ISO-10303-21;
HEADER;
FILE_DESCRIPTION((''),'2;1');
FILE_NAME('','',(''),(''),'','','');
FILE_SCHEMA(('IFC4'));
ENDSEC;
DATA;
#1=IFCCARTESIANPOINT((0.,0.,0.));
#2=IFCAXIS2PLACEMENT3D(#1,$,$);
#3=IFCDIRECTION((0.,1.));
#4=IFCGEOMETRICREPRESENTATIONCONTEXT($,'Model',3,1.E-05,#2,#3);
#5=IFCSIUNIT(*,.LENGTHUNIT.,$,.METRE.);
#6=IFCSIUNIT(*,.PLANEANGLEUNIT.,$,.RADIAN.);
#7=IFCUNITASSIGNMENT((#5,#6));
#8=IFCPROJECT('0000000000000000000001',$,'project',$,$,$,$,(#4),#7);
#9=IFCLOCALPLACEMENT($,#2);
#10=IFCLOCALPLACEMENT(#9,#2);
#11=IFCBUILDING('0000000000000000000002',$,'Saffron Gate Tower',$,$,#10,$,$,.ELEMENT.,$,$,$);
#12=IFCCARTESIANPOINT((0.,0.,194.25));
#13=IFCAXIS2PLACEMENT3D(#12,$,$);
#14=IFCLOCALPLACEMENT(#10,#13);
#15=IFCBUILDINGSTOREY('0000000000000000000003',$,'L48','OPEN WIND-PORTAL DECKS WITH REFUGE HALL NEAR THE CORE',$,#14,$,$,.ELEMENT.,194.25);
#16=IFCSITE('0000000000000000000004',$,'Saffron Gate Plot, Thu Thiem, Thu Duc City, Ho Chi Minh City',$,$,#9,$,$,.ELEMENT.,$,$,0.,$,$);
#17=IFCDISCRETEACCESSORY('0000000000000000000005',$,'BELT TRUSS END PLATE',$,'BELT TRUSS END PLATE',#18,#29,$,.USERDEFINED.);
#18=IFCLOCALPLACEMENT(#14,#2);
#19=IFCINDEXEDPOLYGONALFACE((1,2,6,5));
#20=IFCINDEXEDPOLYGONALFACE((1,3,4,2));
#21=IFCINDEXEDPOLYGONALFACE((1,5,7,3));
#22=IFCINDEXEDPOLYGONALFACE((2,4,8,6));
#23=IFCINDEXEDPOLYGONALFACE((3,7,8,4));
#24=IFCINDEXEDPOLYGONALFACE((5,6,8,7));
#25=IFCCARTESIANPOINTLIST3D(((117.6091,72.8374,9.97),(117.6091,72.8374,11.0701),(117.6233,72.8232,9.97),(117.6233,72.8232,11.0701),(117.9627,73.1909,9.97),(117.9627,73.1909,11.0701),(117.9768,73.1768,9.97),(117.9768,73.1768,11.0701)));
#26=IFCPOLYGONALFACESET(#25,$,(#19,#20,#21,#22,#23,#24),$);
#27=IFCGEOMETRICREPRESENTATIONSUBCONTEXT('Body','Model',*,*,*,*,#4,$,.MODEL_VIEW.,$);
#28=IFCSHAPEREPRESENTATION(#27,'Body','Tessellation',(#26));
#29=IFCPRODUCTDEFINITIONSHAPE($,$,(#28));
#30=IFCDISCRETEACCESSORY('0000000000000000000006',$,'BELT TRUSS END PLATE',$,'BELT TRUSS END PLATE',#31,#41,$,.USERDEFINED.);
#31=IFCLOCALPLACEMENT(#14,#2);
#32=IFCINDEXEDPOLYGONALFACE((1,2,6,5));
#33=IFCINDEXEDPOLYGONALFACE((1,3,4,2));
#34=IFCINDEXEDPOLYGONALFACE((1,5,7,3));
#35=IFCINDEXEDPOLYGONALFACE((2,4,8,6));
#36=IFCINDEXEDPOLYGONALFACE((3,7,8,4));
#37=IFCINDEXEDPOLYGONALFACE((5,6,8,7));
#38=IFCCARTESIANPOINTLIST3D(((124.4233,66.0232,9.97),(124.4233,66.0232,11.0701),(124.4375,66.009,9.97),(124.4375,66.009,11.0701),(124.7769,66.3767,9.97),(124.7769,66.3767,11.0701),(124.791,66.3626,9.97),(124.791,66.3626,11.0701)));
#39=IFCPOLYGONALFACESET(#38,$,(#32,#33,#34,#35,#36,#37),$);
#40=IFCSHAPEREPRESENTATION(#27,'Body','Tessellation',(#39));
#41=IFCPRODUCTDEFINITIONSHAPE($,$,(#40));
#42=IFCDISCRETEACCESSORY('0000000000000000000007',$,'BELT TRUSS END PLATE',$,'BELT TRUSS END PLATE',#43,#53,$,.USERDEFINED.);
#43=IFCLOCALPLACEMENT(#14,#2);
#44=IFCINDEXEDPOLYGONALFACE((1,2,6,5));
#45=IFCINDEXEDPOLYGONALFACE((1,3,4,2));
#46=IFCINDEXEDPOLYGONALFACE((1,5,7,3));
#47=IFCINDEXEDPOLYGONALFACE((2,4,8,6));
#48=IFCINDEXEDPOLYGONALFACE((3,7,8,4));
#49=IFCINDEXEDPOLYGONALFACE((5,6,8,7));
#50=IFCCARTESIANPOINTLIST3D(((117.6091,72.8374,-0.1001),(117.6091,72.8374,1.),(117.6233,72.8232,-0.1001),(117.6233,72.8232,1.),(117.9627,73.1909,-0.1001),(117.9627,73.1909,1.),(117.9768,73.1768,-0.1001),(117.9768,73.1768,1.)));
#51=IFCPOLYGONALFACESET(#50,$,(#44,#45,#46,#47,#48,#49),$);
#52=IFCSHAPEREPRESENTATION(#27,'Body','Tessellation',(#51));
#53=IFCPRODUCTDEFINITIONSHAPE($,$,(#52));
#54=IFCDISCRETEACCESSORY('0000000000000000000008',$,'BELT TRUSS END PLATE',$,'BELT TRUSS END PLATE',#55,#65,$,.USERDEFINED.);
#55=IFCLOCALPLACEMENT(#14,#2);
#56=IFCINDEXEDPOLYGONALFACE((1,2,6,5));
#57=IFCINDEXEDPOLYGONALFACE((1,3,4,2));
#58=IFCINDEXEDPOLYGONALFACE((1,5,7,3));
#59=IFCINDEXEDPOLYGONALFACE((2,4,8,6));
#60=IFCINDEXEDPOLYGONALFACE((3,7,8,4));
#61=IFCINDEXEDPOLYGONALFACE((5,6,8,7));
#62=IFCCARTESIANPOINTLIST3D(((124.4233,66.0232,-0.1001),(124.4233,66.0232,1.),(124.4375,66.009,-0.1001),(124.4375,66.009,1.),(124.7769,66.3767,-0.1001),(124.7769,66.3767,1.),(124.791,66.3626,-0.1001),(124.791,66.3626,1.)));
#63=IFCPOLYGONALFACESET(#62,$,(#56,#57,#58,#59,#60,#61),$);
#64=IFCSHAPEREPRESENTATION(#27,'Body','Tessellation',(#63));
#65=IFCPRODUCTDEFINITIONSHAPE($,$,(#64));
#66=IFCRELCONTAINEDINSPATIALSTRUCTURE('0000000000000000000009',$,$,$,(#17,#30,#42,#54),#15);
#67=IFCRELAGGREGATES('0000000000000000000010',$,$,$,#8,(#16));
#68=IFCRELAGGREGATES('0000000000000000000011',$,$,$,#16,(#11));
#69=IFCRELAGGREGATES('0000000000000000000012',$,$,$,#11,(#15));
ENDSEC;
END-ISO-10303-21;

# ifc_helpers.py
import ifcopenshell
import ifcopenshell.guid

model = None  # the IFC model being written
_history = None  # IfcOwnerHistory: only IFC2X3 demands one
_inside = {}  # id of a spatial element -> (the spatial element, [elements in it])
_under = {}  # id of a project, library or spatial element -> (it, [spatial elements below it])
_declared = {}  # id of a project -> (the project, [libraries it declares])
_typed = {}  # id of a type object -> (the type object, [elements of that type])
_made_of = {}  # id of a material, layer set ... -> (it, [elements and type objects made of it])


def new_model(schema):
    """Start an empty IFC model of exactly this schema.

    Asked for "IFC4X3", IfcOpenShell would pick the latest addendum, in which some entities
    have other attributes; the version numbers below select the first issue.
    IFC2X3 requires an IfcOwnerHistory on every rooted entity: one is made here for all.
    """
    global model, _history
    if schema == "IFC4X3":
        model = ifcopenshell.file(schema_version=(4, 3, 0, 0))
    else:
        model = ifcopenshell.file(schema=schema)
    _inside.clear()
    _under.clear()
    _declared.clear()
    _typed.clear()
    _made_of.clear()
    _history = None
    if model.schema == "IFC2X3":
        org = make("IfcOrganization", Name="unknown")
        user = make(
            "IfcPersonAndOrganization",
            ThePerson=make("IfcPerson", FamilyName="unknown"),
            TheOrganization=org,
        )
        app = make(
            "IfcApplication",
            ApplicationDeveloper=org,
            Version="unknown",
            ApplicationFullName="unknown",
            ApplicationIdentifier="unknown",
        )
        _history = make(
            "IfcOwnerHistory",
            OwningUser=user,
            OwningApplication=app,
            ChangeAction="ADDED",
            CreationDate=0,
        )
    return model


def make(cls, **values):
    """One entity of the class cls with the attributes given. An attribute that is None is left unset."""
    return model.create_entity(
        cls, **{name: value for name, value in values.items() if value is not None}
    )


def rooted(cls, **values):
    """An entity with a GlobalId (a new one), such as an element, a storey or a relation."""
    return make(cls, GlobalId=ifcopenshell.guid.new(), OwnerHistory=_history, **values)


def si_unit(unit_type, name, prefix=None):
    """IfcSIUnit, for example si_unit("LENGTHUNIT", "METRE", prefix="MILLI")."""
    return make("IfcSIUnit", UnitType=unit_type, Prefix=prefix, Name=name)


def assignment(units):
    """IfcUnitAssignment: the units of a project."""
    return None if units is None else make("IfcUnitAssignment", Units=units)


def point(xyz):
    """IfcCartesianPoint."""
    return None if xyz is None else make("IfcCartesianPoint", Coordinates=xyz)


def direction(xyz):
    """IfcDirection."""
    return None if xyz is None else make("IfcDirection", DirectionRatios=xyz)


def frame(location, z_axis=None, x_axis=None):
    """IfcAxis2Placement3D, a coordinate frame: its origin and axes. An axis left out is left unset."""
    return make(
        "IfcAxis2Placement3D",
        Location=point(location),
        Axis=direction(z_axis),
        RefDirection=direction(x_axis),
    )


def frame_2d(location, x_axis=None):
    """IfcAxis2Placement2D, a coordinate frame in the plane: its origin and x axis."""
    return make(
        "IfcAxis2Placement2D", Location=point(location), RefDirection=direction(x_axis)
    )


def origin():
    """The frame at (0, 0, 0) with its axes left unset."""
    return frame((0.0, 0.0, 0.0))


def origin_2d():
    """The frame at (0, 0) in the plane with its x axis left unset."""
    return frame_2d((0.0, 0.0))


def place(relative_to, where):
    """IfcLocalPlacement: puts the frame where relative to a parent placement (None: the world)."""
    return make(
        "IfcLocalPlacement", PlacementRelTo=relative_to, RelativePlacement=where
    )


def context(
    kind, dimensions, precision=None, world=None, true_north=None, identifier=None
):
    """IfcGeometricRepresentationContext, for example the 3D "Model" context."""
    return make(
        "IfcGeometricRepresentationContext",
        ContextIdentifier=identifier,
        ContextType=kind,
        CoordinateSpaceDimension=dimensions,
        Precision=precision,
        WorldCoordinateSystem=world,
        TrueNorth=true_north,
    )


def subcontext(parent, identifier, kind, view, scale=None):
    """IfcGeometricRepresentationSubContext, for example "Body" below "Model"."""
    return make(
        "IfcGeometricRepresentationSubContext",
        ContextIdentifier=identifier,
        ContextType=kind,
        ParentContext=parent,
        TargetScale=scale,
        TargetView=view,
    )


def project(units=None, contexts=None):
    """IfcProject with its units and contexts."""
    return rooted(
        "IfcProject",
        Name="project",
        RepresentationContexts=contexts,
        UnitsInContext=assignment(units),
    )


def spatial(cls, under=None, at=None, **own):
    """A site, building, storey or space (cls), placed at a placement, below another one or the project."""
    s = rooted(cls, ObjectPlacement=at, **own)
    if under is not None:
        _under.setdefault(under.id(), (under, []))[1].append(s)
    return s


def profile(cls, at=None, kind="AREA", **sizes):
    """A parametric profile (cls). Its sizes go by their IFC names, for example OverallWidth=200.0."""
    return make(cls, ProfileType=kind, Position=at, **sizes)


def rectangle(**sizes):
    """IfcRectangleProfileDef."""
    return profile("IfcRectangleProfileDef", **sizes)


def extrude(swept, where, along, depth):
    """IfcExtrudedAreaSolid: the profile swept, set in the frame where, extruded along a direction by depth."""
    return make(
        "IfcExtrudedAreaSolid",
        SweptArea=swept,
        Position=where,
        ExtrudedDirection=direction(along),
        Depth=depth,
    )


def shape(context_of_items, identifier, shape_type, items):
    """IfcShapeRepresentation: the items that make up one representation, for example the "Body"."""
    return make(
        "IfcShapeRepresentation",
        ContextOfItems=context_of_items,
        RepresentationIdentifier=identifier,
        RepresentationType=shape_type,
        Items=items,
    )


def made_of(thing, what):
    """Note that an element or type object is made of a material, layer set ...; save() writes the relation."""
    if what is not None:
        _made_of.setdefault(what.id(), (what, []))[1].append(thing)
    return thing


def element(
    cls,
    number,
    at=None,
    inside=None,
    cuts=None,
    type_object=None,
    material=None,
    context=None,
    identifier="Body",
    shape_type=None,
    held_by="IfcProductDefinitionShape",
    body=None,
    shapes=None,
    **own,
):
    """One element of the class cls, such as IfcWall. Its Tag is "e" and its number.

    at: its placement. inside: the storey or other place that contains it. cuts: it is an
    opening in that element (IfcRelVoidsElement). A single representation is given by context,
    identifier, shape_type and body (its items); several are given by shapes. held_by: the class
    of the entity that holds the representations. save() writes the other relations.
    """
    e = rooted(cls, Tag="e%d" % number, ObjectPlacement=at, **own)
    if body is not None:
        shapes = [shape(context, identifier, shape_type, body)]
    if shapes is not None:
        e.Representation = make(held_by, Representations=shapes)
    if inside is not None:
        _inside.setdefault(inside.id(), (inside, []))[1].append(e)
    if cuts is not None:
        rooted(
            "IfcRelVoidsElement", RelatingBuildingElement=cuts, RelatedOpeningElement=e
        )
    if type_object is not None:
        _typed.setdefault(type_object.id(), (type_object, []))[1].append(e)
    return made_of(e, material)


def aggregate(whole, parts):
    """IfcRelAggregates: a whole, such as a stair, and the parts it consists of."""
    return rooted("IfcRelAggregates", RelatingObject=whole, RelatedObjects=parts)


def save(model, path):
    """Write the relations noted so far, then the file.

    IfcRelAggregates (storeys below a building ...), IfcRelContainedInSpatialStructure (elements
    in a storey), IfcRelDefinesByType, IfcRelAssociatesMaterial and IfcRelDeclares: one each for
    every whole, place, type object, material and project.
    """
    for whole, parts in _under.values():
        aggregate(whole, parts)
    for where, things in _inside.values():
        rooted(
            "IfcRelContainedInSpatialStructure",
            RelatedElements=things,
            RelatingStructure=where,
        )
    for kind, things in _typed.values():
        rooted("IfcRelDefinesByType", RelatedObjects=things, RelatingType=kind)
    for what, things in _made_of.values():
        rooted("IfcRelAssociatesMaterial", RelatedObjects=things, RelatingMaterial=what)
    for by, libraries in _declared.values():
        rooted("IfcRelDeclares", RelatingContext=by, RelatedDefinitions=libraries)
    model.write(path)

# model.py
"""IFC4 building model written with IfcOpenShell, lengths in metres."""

from ifc_helpers import new_model, si_unit, direction, frame, origin, origin_2d, place, context, subcontext, project, spatial, rectangle, extrude, element, save


model = new_model("IFC4")

# Units and contexts
model_context = context("Model", 3, precision=1e-05, world=origin(), true_north=direction((0.0, 1.0)))
body_context = subcontext(model_context, "Body", "Model", "MODEL_VIEW")
ifc_project = project(units=[si_unit("LENGTHUNIT", "METRE"), si_unit("PLANEANGLEUNIT", "RADIAN")], contexts=[model_context])

# Site, building, storey
site_placement = place(None, origin())
site = spatial("IfcSite", under=ifc_project, at=site_placement, Name="Saffron Gate Plot, Thu Thiem, Thu Duc City, Ho Chi Minh City", CompositionType="ELEMENT", RefElevation=0.0)
building_placement = place(site_placement, origin())
building = spatial("IfcBuilding", under=site, at=building_placement, Name="Saffron Gate Tower", CompositionType="ELEMENT")
storey_placement = place(building_placement, frame((0.0, 0.0, 194.25)))
storey = spatial("IfcBuildingStorey", under=building, at=storey_placement, Name="L48", Description="OPEN WIND-PORTAL DECKS WITH REFUGE HALL NEAR THE CORE", CompositionType="ELEMENT", Elevation=194.25)

# Discrete accessories
for number, where, z_axis, x_axis, name in (
    (1, (117.793, 73.0071, 9.97), (0.0, 0.0, 1.0), (-0.707107, 0.707107, 0.0), "BELT TRUSS END PLATE"),
    (2, (124.6072, 66.1929, 9.97), (0.0, 0.0, 1.0), (0.707107, -0.707107, 0.0), "BELT TRUSS END PLATE"),
    (3, (117.793, 73.0071, -0.1001), (0.0, 0.0, 1.0), (-0.707107, 0.707107, 0.0), "BELT TRUSS END PLATE"),
    (4, (124.6072, 66.1929, -0.1001), (0.0, 0.0, 1.0), (0.707107, -0.707107, 0.0), "BELT TRUSS END PLATE"),
):
    element("IfcDiscreteAccessory", number, at=place(storey_placement, frame(where, z_axis=z_axis, x_axis=x_axis)), inside=storey, Name=name, ObjectType="BELT TRUSS END PLATE", PredefinedType="USERDEFINED", context=body_context, shape_type="SweptSolid", body=[
        extrude(rectangle(XDim=0.02, YDim=0.5, at=origin_2d()), origin(), (0.0, 0.0, 1.0), 1.1001),
    ])

save(model, "model.ifc")
